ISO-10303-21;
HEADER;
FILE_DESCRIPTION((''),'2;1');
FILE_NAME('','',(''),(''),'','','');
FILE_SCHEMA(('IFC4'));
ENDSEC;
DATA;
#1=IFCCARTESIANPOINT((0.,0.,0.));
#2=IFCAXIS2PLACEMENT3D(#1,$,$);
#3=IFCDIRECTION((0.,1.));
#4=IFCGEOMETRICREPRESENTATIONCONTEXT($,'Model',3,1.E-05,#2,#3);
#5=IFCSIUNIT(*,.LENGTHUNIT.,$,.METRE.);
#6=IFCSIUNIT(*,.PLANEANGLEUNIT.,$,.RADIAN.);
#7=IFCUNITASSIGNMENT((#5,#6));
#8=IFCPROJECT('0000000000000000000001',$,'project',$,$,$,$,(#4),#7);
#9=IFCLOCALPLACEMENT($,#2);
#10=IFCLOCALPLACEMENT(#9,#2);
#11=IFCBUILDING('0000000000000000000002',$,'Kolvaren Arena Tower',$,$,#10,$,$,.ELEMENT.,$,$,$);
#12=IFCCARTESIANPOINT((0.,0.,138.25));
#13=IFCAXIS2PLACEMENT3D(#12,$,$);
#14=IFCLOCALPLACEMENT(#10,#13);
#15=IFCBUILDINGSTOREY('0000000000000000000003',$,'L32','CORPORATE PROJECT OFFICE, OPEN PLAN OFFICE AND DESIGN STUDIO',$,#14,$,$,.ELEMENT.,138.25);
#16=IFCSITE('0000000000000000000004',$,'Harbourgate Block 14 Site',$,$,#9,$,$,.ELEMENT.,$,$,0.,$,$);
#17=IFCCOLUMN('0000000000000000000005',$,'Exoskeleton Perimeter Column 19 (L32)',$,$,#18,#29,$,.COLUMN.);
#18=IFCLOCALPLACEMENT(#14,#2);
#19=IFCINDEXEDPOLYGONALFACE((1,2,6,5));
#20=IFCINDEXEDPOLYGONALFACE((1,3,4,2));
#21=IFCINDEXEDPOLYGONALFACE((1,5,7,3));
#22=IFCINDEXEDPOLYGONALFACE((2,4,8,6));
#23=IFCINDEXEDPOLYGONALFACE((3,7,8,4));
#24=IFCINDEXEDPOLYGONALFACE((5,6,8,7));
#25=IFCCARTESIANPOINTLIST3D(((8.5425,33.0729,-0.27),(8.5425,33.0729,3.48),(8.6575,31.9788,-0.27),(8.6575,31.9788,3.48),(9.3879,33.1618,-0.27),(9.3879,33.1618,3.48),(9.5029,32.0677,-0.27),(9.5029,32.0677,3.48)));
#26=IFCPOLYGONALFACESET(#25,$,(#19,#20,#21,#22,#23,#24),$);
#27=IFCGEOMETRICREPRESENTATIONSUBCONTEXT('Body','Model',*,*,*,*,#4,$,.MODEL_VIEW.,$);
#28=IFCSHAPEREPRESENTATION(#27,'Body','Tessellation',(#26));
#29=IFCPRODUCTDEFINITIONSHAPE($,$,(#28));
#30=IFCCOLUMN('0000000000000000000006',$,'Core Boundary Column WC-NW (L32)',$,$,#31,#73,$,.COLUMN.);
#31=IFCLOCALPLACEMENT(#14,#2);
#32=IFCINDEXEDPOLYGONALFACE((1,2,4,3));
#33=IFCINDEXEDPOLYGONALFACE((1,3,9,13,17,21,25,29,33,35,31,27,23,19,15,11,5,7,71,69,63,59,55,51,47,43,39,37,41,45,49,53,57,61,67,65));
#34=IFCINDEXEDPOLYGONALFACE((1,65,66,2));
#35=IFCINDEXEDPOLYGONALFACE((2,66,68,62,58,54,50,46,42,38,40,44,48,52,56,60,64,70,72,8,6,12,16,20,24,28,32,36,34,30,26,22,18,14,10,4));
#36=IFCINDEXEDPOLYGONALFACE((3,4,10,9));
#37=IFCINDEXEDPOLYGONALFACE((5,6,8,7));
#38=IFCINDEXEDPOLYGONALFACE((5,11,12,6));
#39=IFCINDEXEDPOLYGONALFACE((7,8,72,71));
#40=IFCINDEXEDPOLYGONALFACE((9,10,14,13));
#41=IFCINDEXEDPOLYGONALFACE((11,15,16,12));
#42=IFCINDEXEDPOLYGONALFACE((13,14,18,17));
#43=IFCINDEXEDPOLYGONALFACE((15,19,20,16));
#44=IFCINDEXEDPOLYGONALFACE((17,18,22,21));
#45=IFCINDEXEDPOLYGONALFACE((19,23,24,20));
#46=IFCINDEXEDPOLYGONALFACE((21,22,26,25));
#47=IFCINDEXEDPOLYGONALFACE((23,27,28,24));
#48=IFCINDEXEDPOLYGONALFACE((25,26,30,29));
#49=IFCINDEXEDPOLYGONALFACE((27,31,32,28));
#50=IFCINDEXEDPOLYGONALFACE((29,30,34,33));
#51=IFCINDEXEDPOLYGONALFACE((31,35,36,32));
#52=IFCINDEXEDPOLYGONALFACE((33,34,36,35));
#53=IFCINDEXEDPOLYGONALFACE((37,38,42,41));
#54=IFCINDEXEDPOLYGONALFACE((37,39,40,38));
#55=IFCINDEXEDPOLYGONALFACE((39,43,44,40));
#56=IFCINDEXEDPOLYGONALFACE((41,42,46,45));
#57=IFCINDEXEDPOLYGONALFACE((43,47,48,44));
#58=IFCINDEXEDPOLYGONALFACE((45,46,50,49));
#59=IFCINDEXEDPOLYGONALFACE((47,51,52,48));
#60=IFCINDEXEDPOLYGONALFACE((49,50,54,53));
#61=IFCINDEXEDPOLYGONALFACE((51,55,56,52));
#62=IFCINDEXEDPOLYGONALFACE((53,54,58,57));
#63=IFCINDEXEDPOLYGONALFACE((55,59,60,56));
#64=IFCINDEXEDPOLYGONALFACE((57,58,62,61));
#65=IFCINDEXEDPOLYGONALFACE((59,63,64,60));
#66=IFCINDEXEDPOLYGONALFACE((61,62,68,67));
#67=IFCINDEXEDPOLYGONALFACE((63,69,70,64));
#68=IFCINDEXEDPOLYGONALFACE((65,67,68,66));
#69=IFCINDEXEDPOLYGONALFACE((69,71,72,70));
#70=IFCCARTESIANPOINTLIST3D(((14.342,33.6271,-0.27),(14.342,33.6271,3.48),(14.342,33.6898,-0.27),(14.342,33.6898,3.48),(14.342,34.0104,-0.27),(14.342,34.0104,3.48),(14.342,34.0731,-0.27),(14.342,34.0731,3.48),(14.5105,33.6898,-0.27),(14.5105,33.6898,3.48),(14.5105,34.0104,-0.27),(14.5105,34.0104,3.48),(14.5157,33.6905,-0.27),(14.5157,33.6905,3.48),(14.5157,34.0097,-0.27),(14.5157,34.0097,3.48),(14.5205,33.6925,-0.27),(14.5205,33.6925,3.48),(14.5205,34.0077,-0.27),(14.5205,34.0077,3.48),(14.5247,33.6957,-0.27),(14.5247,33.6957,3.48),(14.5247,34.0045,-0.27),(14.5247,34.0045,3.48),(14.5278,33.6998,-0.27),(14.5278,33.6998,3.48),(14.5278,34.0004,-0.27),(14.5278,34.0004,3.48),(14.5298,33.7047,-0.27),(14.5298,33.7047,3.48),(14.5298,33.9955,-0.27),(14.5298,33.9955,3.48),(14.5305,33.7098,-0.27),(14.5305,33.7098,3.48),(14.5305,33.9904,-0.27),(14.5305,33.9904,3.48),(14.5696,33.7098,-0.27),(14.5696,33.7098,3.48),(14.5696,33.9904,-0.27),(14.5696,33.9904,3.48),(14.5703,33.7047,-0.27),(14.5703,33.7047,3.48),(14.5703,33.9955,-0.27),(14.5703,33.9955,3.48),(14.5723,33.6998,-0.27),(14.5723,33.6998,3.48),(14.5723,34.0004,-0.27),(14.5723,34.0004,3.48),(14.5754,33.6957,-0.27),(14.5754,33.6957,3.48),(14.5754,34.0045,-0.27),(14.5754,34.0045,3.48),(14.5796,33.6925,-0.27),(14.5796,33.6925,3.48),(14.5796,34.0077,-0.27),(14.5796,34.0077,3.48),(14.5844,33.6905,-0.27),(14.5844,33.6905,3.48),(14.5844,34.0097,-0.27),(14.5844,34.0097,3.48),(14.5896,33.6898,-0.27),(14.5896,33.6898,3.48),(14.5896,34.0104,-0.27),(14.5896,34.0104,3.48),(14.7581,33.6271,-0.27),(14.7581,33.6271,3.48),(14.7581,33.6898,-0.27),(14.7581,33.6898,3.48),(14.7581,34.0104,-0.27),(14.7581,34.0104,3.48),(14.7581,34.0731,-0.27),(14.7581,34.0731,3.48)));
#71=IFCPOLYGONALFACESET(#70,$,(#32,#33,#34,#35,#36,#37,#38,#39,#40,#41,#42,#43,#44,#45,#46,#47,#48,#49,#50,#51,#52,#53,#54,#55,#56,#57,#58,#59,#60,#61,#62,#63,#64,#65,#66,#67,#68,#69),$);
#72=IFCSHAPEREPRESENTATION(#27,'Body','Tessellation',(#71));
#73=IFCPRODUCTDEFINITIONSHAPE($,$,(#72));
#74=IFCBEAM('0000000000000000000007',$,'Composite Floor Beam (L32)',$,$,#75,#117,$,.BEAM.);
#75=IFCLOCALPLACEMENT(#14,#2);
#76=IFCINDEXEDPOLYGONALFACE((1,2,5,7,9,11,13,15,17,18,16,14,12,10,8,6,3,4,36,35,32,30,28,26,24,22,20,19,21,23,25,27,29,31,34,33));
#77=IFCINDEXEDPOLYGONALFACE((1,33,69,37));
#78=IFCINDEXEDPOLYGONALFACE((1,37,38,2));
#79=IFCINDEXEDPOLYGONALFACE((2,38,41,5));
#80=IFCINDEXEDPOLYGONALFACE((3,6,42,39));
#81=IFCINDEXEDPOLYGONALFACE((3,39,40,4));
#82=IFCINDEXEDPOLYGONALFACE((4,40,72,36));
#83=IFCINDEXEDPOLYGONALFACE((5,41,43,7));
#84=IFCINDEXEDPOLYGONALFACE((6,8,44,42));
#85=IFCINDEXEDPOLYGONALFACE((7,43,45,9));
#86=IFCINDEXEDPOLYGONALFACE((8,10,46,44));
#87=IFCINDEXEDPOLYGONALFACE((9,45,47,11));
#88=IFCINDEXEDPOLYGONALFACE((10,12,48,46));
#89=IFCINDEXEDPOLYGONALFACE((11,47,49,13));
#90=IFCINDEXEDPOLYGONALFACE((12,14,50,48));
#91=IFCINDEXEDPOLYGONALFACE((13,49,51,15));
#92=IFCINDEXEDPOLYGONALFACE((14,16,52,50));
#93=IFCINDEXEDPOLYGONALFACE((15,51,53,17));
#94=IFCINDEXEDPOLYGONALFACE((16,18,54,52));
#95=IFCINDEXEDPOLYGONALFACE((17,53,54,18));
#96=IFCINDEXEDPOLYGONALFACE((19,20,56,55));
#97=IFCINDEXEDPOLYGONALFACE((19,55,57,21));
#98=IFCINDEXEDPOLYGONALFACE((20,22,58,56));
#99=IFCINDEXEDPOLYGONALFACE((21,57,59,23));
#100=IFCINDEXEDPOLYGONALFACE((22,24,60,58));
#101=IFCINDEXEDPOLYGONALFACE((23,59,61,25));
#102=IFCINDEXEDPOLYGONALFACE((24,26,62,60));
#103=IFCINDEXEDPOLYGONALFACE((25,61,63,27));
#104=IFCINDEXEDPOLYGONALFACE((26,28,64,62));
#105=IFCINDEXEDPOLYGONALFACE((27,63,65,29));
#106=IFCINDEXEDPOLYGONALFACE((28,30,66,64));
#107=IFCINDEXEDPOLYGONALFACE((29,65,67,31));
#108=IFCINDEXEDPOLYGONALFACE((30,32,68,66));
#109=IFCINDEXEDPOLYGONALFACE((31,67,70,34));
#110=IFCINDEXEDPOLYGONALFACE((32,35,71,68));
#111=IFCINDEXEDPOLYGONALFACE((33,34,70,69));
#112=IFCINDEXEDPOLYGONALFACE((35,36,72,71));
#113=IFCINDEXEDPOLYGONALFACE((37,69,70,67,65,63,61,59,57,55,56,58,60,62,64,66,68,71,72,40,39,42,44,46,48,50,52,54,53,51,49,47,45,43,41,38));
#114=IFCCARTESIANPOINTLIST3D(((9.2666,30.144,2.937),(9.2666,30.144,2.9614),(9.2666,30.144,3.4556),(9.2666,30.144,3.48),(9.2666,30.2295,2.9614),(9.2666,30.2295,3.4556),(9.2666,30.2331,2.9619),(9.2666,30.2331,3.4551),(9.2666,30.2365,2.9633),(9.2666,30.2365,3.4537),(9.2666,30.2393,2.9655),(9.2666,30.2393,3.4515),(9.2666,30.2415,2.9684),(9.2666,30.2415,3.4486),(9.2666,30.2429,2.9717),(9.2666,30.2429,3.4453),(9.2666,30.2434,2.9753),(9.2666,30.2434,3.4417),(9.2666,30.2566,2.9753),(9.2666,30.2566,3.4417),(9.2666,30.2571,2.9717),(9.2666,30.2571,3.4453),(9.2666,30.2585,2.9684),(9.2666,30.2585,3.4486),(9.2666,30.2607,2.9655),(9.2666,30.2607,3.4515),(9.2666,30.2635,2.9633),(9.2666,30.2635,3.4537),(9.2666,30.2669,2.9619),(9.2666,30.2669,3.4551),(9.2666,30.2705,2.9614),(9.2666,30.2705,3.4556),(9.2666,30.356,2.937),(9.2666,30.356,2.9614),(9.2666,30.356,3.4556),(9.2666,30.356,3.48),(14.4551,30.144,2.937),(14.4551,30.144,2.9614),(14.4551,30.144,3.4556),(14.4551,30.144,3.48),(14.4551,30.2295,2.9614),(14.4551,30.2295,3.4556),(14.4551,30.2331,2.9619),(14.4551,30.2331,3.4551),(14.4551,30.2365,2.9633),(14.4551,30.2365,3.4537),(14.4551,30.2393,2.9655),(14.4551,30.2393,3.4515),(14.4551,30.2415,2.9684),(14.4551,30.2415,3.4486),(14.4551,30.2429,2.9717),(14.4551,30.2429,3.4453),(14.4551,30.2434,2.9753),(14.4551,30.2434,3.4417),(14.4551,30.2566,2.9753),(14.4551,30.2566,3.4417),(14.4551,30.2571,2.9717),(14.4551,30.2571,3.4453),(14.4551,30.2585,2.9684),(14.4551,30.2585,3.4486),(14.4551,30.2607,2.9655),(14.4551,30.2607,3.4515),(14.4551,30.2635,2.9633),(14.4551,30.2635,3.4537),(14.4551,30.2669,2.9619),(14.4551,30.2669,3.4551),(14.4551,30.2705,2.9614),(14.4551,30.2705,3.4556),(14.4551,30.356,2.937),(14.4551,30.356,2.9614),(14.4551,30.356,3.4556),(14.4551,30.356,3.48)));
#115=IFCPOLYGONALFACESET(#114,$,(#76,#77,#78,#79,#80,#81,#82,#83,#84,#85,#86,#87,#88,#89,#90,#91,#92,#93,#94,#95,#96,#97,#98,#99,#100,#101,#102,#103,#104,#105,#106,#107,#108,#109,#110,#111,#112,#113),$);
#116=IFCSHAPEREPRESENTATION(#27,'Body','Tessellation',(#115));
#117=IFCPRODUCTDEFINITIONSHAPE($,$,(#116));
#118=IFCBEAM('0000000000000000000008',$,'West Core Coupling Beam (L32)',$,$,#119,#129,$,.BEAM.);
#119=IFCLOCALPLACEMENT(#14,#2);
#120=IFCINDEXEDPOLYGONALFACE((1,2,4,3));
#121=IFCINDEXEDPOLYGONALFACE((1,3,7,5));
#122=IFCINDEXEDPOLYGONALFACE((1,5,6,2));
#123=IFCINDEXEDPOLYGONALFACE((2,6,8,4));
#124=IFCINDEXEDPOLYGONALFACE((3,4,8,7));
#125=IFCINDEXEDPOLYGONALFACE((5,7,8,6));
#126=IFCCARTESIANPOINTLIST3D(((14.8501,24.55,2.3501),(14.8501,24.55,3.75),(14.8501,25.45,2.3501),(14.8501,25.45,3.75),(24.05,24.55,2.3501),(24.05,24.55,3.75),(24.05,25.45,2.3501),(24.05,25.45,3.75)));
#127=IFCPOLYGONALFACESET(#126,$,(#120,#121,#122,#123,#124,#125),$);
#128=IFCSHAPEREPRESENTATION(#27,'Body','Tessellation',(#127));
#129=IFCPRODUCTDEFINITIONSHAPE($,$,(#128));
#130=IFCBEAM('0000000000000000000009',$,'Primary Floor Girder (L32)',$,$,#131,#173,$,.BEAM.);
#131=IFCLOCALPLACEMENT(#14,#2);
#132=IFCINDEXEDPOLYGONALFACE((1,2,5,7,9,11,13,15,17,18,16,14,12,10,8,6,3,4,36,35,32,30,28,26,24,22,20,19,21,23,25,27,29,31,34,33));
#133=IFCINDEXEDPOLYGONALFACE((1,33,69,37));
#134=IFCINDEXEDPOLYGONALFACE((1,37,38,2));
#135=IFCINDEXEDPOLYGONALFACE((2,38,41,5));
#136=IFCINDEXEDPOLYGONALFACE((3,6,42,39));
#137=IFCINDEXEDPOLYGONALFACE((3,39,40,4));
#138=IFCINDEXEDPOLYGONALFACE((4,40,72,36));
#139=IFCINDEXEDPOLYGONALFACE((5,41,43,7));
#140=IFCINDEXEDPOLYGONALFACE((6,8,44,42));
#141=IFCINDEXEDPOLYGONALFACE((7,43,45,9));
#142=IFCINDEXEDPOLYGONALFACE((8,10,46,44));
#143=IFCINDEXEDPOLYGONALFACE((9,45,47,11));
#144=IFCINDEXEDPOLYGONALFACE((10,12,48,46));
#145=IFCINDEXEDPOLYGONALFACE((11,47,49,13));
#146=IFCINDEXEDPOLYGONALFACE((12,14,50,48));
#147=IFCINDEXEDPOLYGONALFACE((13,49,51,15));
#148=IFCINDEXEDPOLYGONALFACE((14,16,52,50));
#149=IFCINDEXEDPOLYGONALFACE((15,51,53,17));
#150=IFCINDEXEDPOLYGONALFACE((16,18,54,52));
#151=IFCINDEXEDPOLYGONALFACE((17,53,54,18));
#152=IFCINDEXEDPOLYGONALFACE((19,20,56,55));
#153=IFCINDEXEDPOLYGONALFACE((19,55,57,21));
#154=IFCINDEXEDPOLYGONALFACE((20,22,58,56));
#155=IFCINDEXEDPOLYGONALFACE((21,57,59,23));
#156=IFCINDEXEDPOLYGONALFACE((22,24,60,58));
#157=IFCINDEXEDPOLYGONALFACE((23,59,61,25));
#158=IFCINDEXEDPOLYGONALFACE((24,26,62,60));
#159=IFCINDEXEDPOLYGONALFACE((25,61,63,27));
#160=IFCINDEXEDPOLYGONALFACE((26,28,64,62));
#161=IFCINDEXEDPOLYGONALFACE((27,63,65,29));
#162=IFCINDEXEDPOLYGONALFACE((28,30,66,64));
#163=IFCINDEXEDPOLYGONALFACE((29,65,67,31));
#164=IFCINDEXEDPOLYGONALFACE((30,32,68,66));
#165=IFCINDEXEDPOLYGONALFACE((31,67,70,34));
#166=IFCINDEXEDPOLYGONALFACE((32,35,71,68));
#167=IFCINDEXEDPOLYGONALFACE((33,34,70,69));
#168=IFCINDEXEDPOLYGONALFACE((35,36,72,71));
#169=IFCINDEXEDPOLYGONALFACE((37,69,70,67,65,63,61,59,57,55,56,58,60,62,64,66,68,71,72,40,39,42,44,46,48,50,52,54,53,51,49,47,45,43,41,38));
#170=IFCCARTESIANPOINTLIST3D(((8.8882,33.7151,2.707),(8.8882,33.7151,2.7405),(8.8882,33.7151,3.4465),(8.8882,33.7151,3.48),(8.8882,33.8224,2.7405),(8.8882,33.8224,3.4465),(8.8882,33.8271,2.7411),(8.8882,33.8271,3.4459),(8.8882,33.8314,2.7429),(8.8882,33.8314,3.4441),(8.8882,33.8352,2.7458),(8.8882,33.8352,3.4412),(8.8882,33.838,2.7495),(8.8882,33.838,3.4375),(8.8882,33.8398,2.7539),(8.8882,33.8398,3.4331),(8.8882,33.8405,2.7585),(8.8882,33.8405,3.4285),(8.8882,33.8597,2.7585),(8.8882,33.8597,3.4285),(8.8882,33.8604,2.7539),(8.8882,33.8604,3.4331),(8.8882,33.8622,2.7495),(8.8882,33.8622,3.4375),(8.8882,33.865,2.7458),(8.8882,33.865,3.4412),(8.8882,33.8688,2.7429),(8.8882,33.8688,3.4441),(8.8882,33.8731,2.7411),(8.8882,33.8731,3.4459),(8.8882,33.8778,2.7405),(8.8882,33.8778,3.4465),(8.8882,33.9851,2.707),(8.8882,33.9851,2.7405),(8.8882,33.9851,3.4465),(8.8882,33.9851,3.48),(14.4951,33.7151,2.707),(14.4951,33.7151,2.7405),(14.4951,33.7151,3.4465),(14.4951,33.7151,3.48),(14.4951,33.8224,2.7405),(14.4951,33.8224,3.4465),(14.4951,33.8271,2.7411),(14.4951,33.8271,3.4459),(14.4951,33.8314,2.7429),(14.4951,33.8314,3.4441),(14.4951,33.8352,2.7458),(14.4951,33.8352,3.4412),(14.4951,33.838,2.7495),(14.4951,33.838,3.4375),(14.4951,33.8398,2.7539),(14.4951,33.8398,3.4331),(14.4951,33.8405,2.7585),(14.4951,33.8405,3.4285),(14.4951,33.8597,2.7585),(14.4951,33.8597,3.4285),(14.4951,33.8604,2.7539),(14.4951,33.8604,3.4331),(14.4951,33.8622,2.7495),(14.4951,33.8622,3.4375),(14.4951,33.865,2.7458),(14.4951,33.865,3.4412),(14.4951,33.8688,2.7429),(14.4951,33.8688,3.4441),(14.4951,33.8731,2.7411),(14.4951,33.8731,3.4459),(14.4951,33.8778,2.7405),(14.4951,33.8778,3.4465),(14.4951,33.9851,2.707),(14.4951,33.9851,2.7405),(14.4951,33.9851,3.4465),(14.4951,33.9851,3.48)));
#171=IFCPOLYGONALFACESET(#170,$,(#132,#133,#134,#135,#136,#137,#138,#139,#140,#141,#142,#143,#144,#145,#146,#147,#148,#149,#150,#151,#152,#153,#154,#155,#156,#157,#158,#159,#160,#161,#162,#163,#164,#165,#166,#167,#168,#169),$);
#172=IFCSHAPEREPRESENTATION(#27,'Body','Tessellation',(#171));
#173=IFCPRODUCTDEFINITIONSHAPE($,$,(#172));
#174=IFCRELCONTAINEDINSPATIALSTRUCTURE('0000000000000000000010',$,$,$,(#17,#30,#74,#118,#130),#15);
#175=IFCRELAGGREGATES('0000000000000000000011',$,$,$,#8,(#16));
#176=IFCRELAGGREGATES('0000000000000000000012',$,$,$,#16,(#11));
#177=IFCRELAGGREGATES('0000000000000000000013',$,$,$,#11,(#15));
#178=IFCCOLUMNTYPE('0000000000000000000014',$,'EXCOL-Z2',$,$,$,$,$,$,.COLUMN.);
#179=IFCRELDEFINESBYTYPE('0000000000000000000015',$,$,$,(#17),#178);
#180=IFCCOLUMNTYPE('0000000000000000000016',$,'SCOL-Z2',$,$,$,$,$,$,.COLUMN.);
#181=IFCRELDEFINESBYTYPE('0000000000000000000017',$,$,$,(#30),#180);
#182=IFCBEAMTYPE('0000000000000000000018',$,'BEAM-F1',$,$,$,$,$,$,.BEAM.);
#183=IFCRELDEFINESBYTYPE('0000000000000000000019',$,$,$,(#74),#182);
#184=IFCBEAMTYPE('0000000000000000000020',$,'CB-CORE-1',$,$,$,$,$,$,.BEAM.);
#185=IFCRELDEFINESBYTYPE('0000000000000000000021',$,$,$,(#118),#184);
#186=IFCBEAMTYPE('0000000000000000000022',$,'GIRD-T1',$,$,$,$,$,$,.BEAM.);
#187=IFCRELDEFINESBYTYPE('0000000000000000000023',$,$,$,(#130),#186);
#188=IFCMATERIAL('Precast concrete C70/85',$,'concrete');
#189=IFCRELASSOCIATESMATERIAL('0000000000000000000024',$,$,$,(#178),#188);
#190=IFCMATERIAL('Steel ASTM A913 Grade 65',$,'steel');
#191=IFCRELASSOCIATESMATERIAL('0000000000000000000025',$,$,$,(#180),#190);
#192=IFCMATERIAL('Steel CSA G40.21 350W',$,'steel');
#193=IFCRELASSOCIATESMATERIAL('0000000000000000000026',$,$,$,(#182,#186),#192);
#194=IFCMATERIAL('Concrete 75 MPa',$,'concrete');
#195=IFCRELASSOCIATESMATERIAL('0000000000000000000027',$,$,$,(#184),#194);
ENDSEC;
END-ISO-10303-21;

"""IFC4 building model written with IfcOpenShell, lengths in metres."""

from ifc_helpers import new_model, si_unit, direction, frame, origin, origin_2d, place, context, subcontext, project, spatial, rectangle, i_section, extrude, material, material_profile, profile_set, type_object, element, save


model = new_model("IFC4")

# Units and contexts
model_context = context("Model", 3, precision=1e-05, world=origin(), true_north=direction((0.0, 1.0)))
body_context = subcontext(model_context, "Body", "Model", "MODEL_VIEW")
ifc_project = project(units=[si_unit("LENGTHUNIT", "METRE"), si_unit("PLANEANGLEUNIT", "RADIAN")], contexts=[model_context])

# Site, building, storey
site_placement = place(None, origin())
site = spatial("IfcSite", under=ifc_project, at=site_placement, Name="Harbourgate Block 14 Site", CompositionType="ELEMENT", RefElevation=0.0)
building_placement = place(site_placement, origin())
building = spatial("IfcBuilding", under=site, at=building_placement, Name="Kolvaren Arena Tower", CompositionType="ELEMENT")
storey_placement = place(building_placement, frame((0.0, 0.0, 138.25)))
storey = spatial("IfcBuildingStorey", under=building, at=storey_placement, Name="L32", Description="CORPORATE PROJECT OFFICE, OPEN PLAN OFFICE AND DESIGN STUDIO", CompositionType="ELEMENT", Elevation=138.25)

# Columns
ifc_material_1 = material(Name="Precast concrete C70/85", Category="concrete")
ifc_material_profile_1 = material_profile(ifc_material_1, rectangle(XDim=1.1001, YDim=0.8501, at=origin_2d()), Name="RC-1100x850")
ifc_profile_set_1 = profile_set([ifc_material_profile_1], Name="Precast concrete C70/85")
column_type_1 = type_object("IfcColumnType", Name="EXCOL-Z2", PredefinedType="COLUMN", material=ifc_profile_set_1)
column_1_placement = place(storey_placement, frame((9.0227, 32.5703, -0.27), z_axis=(0.0, 0.0, 1.0), x_axis=(-0.104528, 0.994522, 0.0)))
element("IfcColumn", 1, at=column_1_placement, inside=storey, type_object=column_type_1, Name="Exoskeleton Perimeter Column 19 (L32)", PredefinedType="COLUMN", context=body_context, shape_type="SweptSolid", body=[
    extrude(rectangle(XDim=1.1001, YDim=0.8501, at=origin_2d()), origin(), (0.0, 0.0, 1.0), 3.75),
])
ifc_material_2 = material(Name="Steel ASTM A913 Grade 65", Category="steel")
ifc_material_profile_2 = material_profile(ifc_material_2, i_section(OverallWidth=0.416, OverallDepth=0.446, WebThickness=0.0391, FlangeThickness=0.0627, FilletRadius=0.02, at=origin_2d()), Name="W360x509")
ifc_profile_set_2 = profile_set([ifc_material_profile_2], Name="Steel ASTM A913 Grade 65")
column_type_2 = type_object("IfcColumnType", Name="SCOL-Z2", PredefinedType="COLUMN", material=ifc_profile_set_2)
column_2_placement = place(storey_placement, frame((14.55, 33.8501, -0.27), z_axis=(0.0, 0.0, 1.0), x_axis=(1.0, 0.0, 0.0)))
element("IfcColumn", 2, at=column_2_placement, inside=storey, type_object=column_type_2, Name="Core Boundary Column WC-NW (L32)", PredefinedType="COLUMN", context=body_context, shape_type="SweptSolid", body=[
    extrude(i_section(OverallWidth=0.416, OverallDepth=0.446, WebThickness=0.0391, FlangeThickness=0.0627, FilletRadius=0.02, at=origin_2d()), origin(), (0.0, 0.0, 1.0), 3.75),
])

# Beams
ifc_material_3 = material(Name="Steel CSA G40.21 350W", Category="steel")
ifc_material_profile_3 = material_profile(ifc_material_3, i_section(OverallWidth=0.2119, OverallDepth=0.543, WebThickness=0.0132, FlangeThickness=0.0244, FilletRadius=0.0139, at=origin_2d()), Name="W530x150")
ifc_profile_set_3 = profile_set([ifc_material_profile_3], Name="Steel CSA G40.21 350W")
beam_type_1 = type_object("IfcBeamType", Name="BEAM-F1", PredefinedType="BEAM", material=ifc_profile_set_3)
beam_1_placement = place(storey_placement, frame((9.2666, 30.25, 3.2085), z_axis=(1.0, 0.0, 0.0), x_axis=(0.0, 1.0, 0.0)))
element("IfcBeam", 3, at=beam_1_placement, inside=storey, type_object=beam_type_1, Name="Composite Floor Beam (L32)", PredefinedType="BEAM", context=body_context, shape_type="SweptSolid", body=[
    extrude(i_section(OverallWidth=0.2119, OverallDepth=0.543, WebThickness=0.0132, FlangeThickness=0.0244, FilletRadius=0.0139, at=origin_2d()), origin(), (0.0, 0.0, 1.0), 5.1885),
])
ifc_material_4 = material(Name="Concrete 75 MPa", Category="concrete")
ifc_material_profile_4 = material_profile(ifc_material_4, rectangle(XDim=0.8999, YDim=1.3999, at=origin_2d()), Name="RC-900x1400")
ifc_profile_set_4 = profile_set([ifc_material_profile_4], Name="Concrete 75 MPa")
beam_type_2 = type_object("IfcBeamType", Name="CB-CORE-1", PredefinedType="BEAM", material=ifc_profile_set_4)
beam_2_placement = place(storey_placement, frame((14.8501, 25.0, 3.05), z_axis=(1.0, 0.0, 0.0), x_axis=(0.0, 1.0, 0.0)))
element("IfcBeam", 4, at=beam_2_placement, inside=storey, type_object=beam_type_2, Name="West Core Coupling Beam (L32)", PredefinedType="BEAM", context=body_context, shape_type="SweptSolid", body=[
    extrude(rectangle(XDim=0.8999, YDim=1.3999, at=origin_2d()), origin(), (0.0, 0.0, 1.0), 9.2),
])
ifc_material_profile_5 = material_profile(ifc_material_3, i_section(OverallWidth=0.27, OverallDepth=0.7729, WebThickness=0.0193, FlangeThickness=0.0334, FilletRadius=0.0181, at=origin_2d()), Name="W760x257")
ifc_profile_set_5 = profile_set([ifc_material_profile_5], Name="Steel CSA G40.21 350W")
beam_type_3 = type_object("IfcBeamType", Name="GIRD-T1", PredefinedType="BEAM", material=ifc_profile_set_5)
beam_3_placement = place(storey_placement, frame((8.8882, 33.8501, 3.0935), z_axis=(1.0, 0.0, 0.0), x_axis=(0.0, 1.0, 0.0)))
element("IfcBeam", 5, at=beam_3_placement, inside=storey, type_object=beam_type_3, Name="Primary Floor Girder (L32)", PredefinedType="BEAM", context=body_context, shape_type="SweptSolid", body=[
    extrude(i_section(OverallWidth=0.27, OverallDepth=0.7729, WebThickness=0.0193, FlangeThickness=0.0334, FilletRadius=0.0181, at=origin_2d()), origin(), (0.0, 0.0, 1.0), 5.6069),
])

save(model, "model.ifc")
